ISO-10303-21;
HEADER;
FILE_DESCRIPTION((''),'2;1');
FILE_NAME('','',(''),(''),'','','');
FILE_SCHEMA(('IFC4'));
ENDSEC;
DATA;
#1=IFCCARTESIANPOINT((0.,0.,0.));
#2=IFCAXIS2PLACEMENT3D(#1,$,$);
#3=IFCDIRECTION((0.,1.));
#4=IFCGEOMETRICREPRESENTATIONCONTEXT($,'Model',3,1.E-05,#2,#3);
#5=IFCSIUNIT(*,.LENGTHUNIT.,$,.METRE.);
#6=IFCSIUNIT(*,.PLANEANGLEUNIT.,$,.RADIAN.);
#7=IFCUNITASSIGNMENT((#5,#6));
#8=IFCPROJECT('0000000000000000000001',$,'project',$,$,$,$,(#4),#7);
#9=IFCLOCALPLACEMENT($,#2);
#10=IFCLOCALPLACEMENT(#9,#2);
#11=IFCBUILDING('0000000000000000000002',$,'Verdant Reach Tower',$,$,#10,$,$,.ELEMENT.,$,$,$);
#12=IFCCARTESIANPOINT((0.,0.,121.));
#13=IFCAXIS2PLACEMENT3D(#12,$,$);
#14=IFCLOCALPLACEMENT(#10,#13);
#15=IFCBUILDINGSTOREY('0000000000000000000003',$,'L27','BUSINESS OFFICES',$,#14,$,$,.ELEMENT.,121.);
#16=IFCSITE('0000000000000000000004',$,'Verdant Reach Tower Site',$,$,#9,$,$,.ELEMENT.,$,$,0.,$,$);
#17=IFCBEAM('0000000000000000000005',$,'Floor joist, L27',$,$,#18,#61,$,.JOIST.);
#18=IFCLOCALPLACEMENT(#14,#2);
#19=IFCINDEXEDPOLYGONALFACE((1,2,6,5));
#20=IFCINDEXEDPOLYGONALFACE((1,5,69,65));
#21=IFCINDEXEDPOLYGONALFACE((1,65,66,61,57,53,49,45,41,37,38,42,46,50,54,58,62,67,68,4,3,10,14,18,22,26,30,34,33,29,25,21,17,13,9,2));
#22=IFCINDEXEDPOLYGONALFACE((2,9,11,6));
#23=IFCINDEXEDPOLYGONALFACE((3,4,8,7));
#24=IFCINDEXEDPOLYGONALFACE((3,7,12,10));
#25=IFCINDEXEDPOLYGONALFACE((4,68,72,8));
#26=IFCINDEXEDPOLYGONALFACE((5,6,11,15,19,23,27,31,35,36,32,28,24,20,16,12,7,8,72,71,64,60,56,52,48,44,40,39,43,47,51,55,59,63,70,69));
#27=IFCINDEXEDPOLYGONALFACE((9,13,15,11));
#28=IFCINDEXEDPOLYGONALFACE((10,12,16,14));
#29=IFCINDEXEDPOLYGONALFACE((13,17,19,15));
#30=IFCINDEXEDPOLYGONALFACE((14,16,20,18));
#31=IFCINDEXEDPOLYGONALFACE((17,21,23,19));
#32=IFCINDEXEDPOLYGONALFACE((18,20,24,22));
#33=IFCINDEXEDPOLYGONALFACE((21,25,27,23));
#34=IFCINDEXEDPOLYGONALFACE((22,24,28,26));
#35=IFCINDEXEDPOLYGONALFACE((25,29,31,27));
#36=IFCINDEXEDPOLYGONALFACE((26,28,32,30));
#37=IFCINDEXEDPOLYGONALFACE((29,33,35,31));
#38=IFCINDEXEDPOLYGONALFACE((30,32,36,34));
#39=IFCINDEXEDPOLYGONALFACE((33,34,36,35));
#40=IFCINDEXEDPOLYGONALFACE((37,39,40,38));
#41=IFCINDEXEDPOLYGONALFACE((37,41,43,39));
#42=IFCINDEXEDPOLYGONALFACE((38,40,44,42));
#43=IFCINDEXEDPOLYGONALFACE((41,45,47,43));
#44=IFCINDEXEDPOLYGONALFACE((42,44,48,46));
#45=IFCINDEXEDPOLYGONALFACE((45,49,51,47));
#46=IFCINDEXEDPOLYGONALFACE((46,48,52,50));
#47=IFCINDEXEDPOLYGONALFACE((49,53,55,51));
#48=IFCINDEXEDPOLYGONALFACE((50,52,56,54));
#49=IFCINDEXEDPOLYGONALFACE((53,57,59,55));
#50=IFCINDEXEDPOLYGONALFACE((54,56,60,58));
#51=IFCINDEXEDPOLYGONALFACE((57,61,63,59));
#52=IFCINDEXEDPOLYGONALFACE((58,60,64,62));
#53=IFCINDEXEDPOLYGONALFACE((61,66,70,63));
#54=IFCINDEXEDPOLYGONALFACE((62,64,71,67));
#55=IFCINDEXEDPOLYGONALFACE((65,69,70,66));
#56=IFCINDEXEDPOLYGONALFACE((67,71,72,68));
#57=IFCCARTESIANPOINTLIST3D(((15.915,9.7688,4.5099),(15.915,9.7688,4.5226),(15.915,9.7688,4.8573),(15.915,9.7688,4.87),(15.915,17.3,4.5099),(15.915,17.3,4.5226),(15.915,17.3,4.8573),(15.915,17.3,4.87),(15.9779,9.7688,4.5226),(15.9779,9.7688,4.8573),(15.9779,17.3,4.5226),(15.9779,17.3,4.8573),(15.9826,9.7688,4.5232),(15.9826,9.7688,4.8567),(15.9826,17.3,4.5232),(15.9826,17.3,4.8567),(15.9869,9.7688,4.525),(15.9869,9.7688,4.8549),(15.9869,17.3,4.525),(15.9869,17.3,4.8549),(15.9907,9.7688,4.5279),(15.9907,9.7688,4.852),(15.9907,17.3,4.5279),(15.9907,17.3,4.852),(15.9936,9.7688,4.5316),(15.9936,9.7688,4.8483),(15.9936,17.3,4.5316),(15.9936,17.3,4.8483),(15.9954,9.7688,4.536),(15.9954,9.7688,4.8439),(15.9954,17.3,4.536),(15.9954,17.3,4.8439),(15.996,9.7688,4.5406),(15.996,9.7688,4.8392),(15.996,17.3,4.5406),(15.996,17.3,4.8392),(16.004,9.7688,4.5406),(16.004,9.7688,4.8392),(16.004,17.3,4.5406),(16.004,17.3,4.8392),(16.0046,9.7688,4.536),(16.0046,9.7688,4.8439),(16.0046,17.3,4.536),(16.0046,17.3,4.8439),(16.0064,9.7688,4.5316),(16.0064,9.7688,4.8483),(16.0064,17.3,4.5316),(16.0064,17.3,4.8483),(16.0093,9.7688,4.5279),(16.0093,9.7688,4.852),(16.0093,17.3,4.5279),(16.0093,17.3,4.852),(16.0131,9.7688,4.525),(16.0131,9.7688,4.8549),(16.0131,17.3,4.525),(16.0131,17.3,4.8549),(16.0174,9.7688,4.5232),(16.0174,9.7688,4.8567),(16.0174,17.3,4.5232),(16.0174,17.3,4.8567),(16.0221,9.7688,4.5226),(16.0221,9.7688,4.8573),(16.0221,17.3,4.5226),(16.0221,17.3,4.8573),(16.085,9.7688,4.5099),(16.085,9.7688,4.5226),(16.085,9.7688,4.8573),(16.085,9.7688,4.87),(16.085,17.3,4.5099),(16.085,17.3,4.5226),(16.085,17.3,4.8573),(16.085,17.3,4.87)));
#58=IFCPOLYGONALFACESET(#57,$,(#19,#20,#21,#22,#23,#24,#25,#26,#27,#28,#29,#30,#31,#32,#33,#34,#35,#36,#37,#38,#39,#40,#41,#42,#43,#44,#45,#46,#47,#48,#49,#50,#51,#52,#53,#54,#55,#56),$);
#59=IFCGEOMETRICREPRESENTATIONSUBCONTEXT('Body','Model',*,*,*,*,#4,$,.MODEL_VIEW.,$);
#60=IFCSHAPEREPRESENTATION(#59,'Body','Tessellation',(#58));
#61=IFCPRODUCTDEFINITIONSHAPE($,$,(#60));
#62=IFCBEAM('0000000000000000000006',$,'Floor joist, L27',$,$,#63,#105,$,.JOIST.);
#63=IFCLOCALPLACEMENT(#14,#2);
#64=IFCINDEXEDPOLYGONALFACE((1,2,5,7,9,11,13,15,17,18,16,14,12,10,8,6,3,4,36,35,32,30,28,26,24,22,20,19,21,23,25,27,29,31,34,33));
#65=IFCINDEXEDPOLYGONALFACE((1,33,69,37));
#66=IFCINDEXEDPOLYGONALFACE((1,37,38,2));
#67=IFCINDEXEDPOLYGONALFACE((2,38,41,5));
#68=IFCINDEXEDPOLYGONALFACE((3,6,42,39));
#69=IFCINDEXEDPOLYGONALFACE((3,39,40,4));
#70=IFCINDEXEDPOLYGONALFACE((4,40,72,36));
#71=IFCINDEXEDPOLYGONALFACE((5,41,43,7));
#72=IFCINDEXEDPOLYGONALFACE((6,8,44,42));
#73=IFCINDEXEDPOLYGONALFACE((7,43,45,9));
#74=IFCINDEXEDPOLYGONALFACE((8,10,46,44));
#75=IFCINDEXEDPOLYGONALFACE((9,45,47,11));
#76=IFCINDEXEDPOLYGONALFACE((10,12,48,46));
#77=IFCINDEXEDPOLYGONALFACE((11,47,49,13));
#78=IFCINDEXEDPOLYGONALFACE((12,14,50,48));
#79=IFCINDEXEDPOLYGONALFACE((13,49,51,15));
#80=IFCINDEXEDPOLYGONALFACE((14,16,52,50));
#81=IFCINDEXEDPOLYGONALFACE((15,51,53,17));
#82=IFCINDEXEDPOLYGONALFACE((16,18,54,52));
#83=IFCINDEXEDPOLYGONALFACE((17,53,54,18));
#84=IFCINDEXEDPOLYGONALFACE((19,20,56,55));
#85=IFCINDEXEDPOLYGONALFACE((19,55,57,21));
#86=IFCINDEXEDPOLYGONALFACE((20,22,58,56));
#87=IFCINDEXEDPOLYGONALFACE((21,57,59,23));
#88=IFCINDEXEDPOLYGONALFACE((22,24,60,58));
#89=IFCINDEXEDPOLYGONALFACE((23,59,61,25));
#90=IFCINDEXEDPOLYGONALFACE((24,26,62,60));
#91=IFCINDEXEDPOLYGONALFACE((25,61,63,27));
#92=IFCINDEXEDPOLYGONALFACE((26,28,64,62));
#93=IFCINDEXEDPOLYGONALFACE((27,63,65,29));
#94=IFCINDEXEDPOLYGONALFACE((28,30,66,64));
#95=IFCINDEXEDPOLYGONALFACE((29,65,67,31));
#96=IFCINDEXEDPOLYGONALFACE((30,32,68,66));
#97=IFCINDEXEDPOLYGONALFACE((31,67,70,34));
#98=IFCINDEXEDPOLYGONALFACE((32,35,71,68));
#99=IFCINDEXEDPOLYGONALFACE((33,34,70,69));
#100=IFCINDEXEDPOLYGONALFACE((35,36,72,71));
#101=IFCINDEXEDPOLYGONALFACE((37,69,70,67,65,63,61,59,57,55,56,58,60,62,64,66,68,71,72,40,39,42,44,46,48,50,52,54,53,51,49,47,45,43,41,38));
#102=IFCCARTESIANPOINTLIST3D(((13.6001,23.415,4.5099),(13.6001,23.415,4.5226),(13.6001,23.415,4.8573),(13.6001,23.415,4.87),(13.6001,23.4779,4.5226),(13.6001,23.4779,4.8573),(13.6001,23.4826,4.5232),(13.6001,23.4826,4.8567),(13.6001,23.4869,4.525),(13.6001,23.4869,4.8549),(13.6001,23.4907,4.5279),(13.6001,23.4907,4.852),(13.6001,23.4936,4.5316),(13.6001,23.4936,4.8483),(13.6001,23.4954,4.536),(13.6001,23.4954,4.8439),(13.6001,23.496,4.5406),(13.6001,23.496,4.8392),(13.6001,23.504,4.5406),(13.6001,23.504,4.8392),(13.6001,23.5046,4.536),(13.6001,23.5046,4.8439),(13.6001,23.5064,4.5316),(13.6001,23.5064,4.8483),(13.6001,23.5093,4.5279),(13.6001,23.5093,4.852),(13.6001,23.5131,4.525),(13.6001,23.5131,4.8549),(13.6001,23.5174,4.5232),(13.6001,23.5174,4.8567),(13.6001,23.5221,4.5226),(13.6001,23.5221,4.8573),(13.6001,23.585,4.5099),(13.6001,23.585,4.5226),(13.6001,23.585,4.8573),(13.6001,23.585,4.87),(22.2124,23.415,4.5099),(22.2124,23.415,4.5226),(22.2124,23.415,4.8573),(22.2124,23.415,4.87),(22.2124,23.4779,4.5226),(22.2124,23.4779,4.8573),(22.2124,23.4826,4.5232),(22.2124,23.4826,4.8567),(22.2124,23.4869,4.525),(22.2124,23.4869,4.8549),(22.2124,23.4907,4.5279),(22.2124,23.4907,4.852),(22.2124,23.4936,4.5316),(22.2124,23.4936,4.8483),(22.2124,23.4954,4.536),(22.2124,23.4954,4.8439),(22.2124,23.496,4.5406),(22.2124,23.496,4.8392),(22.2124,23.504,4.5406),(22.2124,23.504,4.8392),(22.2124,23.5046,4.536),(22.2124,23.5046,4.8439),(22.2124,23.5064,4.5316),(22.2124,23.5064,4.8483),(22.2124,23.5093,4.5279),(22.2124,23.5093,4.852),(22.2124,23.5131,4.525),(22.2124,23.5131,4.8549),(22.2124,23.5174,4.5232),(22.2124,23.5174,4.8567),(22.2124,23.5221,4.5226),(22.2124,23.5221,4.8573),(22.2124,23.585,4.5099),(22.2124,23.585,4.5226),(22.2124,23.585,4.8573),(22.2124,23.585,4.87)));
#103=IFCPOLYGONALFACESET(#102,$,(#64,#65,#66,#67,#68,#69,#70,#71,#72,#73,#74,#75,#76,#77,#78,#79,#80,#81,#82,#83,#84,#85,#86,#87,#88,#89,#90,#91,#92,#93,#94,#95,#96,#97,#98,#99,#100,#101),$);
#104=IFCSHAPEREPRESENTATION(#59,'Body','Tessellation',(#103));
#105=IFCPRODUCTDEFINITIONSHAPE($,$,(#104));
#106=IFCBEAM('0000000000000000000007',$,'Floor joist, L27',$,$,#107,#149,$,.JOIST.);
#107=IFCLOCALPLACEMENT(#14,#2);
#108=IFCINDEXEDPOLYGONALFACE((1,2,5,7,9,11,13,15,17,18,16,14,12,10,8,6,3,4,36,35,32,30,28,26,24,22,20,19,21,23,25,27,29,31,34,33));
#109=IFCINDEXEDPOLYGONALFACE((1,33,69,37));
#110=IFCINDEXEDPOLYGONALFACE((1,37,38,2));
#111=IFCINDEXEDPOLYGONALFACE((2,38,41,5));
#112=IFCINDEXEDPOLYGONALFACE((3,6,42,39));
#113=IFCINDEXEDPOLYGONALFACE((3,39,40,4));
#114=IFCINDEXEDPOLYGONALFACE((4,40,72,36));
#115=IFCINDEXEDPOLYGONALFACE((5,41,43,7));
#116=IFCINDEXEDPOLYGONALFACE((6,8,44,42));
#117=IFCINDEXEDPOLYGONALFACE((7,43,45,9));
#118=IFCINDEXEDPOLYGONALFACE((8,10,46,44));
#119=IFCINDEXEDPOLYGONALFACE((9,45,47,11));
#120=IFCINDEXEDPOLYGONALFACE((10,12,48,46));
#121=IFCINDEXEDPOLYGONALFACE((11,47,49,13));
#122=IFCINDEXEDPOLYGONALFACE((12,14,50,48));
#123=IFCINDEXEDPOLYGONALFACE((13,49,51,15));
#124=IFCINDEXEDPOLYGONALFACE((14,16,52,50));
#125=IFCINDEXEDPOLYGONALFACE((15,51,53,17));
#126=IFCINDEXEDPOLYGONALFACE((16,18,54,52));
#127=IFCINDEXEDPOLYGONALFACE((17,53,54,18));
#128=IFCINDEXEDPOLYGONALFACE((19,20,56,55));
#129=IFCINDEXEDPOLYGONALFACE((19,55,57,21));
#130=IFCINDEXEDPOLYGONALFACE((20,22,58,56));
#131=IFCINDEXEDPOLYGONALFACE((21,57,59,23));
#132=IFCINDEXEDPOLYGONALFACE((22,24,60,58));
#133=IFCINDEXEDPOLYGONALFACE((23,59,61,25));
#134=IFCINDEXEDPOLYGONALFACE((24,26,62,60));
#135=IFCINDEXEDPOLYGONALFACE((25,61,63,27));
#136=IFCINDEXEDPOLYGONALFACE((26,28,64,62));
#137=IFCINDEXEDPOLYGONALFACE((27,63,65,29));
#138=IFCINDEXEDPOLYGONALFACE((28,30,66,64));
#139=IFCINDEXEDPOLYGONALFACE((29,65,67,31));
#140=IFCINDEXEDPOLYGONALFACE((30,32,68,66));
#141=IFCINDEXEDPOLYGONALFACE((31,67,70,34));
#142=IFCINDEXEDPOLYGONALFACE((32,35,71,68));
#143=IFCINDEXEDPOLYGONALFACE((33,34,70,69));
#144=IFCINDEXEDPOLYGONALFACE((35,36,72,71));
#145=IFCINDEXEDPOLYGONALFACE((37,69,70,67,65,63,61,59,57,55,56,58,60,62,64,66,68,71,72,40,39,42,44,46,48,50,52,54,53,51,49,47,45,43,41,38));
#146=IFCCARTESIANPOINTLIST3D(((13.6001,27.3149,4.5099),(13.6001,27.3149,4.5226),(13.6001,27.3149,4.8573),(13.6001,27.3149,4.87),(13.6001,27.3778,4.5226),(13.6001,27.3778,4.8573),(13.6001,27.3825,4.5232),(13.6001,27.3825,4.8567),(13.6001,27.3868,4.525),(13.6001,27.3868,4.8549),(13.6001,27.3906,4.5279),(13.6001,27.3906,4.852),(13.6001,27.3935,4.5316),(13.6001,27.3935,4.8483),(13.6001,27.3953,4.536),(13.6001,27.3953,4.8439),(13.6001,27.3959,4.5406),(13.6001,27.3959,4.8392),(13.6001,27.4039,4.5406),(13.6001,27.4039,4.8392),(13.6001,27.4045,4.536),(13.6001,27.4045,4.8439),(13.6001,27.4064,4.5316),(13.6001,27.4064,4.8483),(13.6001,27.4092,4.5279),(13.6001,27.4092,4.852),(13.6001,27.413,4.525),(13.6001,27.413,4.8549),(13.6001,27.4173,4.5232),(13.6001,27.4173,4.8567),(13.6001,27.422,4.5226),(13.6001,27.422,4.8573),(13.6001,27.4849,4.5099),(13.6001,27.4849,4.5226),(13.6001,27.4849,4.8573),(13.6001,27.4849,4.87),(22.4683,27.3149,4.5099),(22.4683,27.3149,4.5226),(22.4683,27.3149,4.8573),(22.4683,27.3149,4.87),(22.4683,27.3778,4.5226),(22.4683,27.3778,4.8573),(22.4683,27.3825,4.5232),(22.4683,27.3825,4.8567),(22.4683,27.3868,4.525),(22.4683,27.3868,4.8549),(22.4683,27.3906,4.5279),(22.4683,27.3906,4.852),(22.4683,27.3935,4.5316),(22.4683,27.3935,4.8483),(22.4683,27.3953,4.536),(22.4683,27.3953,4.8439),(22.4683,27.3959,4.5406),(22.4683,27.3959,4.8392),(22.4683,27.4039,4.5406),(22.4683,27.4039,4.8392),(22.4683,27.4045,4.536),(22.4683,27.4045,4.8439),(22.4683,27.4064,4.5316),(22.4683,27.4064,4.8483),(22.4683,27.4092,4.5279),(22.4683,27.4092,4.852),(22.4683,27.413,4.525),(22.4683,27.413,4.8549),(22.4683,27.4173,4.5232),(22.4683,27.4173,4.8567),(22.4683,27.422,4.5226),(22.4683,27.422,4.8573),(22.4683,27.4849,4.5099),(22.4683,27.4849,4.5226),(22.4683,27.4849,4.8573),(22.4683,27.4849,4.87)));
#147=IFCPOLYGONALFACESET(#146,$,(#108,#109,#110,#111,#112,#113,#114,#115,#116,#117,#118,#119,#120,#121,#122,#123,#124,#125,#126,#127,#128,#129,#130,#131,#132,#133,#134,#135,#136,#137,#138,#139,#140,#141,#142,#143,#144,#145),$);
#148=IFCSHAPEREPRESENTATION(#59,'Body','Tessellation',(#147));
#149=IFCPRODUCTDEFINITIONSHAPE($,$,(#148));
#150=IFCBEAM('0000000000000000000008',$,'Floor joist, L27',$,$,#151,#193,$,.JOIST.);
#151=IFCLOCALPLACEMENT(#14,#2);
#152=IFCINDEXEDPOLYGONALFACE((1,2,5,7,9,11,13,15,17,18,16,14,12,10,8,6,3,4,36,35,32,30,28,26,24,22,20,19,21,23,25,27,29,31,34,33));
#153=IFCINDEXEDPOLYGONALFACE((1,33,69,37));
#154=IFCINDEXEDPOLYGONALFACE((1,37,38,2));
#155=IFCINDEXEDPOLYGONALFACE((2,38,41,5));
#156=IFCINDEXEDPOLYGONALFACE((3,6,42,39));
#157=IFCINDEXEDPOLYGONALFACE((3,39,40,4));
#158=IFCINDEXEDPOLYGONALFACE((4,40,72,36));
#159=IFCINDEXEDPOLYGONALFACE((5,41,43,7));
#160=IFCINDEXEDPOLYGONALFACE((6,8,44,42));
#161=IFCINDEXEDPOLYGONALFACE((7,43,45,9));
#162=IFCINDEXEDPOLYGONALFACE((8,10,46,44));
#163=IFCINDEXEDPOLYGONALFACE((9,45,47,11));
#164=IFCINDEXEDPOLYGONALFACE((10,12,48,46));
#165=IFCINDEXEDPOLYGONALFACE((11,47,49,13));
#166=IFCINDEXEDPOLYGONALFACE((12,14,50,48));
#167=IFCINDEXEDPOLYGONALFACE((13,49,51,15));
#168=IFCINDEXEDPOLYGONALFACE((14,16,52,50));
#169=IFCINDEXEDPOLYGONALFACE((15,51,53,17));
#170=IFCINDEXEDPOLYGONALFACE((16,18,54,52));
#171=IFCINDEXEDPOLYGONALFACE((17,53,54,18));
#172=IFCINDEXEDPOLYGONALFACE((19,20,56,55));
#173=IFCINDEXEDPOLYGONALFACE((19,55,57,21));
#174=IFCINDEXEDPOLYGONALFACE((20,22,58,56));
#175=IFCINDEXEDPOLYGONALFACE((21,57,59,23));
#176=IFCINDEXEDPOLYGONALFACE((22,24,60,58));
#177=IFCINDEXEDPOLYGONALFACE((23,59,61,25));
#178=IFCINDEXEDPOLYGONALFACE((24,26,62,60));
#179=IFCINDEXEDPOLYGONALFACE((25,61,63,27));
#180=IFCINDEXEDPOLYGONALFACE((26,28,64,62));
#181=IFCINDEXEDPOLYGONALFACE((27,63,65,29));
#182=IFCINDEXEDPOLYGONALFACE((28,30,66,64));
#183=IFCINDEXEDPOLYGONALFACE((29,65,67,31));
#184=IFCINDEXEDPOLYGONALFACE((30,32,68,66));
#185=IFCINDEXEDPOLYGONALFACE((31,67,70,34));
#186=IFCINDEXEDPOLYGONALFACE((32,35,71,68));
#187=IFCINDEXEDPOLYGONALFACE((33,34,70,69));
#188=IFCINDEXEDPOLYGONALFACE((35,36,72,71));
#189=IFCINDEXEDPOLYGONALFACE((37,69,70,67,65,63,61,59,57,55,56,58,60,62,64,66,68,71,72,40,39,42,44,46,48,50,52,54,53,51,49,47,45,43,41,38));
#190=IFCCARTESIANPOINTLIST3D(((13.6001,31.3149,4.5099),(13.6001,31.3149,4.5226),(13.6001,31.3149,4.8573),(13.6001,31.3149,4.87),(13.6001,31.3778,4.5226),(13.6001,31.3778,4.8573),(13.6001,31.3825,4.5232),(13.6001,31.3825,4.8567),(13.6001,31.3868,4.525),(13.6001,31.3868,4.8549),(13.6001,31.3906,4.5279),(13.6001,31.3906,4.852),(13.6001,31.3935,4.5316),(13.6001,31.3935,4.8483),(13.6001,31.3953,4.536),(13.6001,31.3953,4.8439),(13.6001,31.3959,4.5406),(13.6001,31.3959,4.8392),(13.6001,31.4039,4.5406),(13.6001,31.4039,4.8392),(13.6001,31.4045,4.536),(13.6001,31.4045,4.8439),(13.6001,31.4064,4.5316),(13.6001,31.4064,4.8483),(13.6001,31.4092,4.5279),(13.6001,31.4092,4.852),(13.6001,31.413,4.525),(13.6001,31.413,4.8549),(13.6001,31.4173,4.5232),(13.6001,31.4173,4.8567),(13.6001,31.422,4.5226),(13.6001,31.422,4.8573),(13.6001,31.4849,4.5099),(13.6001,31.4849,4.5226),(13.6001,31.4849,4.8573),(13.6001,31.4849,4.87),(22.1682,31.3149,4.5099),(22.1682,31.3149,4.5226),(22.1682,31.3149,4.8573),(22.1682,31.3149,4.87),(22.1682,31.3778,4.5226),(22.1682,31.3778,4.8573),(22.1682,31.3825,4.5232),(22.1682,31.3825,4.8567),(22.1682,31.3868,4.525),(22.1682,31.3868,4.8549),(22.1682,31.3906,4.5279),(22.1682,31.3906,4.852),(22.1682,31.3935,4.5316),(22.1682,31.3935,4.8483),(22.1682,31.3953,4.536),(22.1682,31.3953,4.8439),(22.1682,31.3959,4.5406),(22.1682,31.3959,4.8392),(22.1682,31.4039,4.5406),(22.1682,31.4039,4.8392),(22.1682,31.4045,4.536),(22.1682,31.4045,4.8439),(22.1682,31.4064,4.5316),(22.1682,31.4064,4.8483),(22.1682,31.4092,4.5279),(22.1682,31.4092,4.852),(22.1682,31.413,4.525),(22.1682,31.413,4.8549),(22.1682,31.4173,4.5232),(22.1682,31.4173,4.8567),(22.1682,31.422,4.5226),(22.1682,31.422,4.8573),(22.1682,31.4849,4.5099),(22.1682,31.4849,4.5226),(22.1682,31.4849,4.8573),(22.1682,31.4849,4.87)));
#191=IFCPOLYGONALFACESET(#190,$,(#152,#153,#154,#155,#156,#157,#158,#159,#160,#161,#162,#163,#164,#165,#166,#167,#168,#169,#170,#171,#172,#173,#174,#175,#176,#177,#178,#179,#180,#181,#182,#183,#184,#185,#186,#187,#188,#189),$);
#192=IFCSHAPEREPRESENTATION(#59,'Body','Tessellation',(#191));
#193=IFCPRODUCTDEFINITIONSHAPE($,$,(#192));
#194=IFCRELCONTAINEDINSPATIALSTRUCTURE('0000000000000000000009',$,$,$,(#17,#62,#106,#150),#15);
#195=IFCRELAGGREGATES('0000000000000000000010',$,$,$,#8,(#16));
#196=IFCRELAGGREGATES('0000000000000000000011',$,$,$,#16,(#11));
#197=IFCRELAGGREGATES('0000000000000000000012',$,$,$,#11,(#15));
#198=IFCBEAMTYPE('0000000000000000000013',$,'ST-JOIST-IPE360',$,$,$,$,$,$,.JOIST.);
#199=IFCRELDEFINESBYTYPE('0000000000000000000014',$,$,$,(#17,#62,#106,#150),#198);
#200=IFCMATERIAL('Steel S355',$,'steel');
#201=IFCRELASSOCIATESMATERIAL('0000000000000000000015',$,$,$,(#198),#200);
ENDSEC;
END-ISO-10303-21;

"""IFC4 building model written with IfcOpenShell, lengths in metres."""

from ifc_helpers import new_model, si_unit, direction, frame, origin, origin_2d, place, context, subcontext, project, spatial, i_section, extrude, material, material_profile, profile_set, type_object, element, save


model = new_model("IFC4")

# Units and contexts
model_context = context("Model", 3, precision=1e-05, world=origin(), true_north=direction((0.0, 1.0)))
body_context = subcontext(model_context, "Body", "Model", "MODEL_VIEW")
ifc_project = project(units=[si_unit("LENGTHUNIT", "METRE"), si_unit("PLANEANGLEUNIT", "RADIAN")], contexts=[model_context])

# Site, building, storey
site_placement = place(None, origin())
site = spatial("IfcSite", under=ifc_project, at=site_placement, Name="Verdant Reach Tower Site", CompositionType="ELEMENT", RefElevation=0.0)
building_placement = place(site_placement, origin())
building = spatial("IfcBuilding", under=site, at=building_placement, Name="Verdant Reach Tower", CompositionType="ELEMENT")
storey_placement = place(building_placement, frame((0.0, 0.0, 121.0)))
storey = spatial("IfcBuildingStorey", under=building, at=storey_placement, Name="L27", Description="BUSINESS OFFICES", CompositionType="ELEMENT", Elevation=121.0)

# Beams
ifc_material_1 = material(Name="Steel S355", Category="steel")
ifc_material_profile_1 = material_profile(ifc_material_1, i_section(OverallWidth=0.1699, OverallDepth=0.3601, WebThickness=0.0081, FlangeThickness=0.0127, FilletRadius=0.0181, at=origin_2d()), Name="IPE 360")
ifc_profile_set_1 = profile_set([ifc_material_profile_1], Name="Steel S355")
beam_type_1 = type_object("IfcBeamType", Name="ST-JOIST-IPE360", PredefinedType="JOIST", material=ifc_profile_set_1)
beam_1_placement = place(storey_placement, frame((16.0, 17.3, 4.6899), z_axis=(0.0, -1.0, 0.0), x_axis=(1.0, 0.0, 0.0)))
element("IfcBeam", 1, at=beam_1_placement, inside=storey, type_object=beam_type_1, Name="Floor joist, L27", PredefinedType="JOIST", context=body_context, shape_type="SweptSolid", body=[
    extrude(i_section(OverallWidth=0.1699, OverallDepth=0.3601, WebThickness=0.0081, FlangeThickness=0.0127, FilletRadius=0.0181, at=origin_2d()), origin(), (0.0, 0.0, 1.0), 7.5312),
])
beam_2_placement = place(storey_placement, frame((13.6001, 23.5, 4.6899), z_axis=(1.0, 0.0, 0.0), x_axis=(0.0, 1.0, 0.0)))
element("IfcBeam", 2, at=beam_2_placement, inside=storey, type_object=beam_type_1, Name="Floor joist, L27", PredefinedType="JOIST", context=body_context, shape_type="SweptSolid", body=[
    extrude(i_section(OverallWidth=0.1699, OverallDepth=0.3601, WebThickness=0.0081, FlangeThickness=0.0127, FilletRadius=0.0181, at=origin_2d()), origin(), (0.0, 0.0, 1.0), 8.6123),
])
beam_3_placement = place(storey_placement, frame((13.6001, 27.3999, 4.6899), z_axis=(1.0, 0.0, 0.0), x_axis=(0.0, 1.0, 0.0)))
element("IfcBeam", 3, at=beam_3_placement, inside=storey, type_object=beam_type_1, Name="Floor joist, L27", PredefinedType="JOIST", context=body_context, shape_type="SweptSolid", body=[
    extrude(i_section(OverallWidth=0.1699, OverallDepth=0.3601, WebThickness=0.0081, FlangeThickness=0.0127, FilletRadius=0.0181, at=origin_2d()), origin(), (0.0, 0.0, 1.0), 8.8682),
])
beam_4_placement = place(storey_placement, frame((13.6001, 31.3999, 4.6899), z_axis=(1.0, 0.0, 0.0), x_axis=(0.0, 1.0, 0.0)))
element("IfcBeam", 4, at=beam_4_placement, inside=storey, type_object=beam_type_1, Name="Floor joist, L27", PredefinedType="JOIST", context=body_context, shape_type="SweptSolid", body=[
    extrude(i_section(OverallWidth=0.1699, OverallDepth=0.3601, WebThickness=0.0081, FlangeThickness=0.0127, FilletRadius=0.0181, at=origin_2d()), origin(), (0.0, 0.0, 1.0), 8.5681),
])

save(model, "model.ifc")
